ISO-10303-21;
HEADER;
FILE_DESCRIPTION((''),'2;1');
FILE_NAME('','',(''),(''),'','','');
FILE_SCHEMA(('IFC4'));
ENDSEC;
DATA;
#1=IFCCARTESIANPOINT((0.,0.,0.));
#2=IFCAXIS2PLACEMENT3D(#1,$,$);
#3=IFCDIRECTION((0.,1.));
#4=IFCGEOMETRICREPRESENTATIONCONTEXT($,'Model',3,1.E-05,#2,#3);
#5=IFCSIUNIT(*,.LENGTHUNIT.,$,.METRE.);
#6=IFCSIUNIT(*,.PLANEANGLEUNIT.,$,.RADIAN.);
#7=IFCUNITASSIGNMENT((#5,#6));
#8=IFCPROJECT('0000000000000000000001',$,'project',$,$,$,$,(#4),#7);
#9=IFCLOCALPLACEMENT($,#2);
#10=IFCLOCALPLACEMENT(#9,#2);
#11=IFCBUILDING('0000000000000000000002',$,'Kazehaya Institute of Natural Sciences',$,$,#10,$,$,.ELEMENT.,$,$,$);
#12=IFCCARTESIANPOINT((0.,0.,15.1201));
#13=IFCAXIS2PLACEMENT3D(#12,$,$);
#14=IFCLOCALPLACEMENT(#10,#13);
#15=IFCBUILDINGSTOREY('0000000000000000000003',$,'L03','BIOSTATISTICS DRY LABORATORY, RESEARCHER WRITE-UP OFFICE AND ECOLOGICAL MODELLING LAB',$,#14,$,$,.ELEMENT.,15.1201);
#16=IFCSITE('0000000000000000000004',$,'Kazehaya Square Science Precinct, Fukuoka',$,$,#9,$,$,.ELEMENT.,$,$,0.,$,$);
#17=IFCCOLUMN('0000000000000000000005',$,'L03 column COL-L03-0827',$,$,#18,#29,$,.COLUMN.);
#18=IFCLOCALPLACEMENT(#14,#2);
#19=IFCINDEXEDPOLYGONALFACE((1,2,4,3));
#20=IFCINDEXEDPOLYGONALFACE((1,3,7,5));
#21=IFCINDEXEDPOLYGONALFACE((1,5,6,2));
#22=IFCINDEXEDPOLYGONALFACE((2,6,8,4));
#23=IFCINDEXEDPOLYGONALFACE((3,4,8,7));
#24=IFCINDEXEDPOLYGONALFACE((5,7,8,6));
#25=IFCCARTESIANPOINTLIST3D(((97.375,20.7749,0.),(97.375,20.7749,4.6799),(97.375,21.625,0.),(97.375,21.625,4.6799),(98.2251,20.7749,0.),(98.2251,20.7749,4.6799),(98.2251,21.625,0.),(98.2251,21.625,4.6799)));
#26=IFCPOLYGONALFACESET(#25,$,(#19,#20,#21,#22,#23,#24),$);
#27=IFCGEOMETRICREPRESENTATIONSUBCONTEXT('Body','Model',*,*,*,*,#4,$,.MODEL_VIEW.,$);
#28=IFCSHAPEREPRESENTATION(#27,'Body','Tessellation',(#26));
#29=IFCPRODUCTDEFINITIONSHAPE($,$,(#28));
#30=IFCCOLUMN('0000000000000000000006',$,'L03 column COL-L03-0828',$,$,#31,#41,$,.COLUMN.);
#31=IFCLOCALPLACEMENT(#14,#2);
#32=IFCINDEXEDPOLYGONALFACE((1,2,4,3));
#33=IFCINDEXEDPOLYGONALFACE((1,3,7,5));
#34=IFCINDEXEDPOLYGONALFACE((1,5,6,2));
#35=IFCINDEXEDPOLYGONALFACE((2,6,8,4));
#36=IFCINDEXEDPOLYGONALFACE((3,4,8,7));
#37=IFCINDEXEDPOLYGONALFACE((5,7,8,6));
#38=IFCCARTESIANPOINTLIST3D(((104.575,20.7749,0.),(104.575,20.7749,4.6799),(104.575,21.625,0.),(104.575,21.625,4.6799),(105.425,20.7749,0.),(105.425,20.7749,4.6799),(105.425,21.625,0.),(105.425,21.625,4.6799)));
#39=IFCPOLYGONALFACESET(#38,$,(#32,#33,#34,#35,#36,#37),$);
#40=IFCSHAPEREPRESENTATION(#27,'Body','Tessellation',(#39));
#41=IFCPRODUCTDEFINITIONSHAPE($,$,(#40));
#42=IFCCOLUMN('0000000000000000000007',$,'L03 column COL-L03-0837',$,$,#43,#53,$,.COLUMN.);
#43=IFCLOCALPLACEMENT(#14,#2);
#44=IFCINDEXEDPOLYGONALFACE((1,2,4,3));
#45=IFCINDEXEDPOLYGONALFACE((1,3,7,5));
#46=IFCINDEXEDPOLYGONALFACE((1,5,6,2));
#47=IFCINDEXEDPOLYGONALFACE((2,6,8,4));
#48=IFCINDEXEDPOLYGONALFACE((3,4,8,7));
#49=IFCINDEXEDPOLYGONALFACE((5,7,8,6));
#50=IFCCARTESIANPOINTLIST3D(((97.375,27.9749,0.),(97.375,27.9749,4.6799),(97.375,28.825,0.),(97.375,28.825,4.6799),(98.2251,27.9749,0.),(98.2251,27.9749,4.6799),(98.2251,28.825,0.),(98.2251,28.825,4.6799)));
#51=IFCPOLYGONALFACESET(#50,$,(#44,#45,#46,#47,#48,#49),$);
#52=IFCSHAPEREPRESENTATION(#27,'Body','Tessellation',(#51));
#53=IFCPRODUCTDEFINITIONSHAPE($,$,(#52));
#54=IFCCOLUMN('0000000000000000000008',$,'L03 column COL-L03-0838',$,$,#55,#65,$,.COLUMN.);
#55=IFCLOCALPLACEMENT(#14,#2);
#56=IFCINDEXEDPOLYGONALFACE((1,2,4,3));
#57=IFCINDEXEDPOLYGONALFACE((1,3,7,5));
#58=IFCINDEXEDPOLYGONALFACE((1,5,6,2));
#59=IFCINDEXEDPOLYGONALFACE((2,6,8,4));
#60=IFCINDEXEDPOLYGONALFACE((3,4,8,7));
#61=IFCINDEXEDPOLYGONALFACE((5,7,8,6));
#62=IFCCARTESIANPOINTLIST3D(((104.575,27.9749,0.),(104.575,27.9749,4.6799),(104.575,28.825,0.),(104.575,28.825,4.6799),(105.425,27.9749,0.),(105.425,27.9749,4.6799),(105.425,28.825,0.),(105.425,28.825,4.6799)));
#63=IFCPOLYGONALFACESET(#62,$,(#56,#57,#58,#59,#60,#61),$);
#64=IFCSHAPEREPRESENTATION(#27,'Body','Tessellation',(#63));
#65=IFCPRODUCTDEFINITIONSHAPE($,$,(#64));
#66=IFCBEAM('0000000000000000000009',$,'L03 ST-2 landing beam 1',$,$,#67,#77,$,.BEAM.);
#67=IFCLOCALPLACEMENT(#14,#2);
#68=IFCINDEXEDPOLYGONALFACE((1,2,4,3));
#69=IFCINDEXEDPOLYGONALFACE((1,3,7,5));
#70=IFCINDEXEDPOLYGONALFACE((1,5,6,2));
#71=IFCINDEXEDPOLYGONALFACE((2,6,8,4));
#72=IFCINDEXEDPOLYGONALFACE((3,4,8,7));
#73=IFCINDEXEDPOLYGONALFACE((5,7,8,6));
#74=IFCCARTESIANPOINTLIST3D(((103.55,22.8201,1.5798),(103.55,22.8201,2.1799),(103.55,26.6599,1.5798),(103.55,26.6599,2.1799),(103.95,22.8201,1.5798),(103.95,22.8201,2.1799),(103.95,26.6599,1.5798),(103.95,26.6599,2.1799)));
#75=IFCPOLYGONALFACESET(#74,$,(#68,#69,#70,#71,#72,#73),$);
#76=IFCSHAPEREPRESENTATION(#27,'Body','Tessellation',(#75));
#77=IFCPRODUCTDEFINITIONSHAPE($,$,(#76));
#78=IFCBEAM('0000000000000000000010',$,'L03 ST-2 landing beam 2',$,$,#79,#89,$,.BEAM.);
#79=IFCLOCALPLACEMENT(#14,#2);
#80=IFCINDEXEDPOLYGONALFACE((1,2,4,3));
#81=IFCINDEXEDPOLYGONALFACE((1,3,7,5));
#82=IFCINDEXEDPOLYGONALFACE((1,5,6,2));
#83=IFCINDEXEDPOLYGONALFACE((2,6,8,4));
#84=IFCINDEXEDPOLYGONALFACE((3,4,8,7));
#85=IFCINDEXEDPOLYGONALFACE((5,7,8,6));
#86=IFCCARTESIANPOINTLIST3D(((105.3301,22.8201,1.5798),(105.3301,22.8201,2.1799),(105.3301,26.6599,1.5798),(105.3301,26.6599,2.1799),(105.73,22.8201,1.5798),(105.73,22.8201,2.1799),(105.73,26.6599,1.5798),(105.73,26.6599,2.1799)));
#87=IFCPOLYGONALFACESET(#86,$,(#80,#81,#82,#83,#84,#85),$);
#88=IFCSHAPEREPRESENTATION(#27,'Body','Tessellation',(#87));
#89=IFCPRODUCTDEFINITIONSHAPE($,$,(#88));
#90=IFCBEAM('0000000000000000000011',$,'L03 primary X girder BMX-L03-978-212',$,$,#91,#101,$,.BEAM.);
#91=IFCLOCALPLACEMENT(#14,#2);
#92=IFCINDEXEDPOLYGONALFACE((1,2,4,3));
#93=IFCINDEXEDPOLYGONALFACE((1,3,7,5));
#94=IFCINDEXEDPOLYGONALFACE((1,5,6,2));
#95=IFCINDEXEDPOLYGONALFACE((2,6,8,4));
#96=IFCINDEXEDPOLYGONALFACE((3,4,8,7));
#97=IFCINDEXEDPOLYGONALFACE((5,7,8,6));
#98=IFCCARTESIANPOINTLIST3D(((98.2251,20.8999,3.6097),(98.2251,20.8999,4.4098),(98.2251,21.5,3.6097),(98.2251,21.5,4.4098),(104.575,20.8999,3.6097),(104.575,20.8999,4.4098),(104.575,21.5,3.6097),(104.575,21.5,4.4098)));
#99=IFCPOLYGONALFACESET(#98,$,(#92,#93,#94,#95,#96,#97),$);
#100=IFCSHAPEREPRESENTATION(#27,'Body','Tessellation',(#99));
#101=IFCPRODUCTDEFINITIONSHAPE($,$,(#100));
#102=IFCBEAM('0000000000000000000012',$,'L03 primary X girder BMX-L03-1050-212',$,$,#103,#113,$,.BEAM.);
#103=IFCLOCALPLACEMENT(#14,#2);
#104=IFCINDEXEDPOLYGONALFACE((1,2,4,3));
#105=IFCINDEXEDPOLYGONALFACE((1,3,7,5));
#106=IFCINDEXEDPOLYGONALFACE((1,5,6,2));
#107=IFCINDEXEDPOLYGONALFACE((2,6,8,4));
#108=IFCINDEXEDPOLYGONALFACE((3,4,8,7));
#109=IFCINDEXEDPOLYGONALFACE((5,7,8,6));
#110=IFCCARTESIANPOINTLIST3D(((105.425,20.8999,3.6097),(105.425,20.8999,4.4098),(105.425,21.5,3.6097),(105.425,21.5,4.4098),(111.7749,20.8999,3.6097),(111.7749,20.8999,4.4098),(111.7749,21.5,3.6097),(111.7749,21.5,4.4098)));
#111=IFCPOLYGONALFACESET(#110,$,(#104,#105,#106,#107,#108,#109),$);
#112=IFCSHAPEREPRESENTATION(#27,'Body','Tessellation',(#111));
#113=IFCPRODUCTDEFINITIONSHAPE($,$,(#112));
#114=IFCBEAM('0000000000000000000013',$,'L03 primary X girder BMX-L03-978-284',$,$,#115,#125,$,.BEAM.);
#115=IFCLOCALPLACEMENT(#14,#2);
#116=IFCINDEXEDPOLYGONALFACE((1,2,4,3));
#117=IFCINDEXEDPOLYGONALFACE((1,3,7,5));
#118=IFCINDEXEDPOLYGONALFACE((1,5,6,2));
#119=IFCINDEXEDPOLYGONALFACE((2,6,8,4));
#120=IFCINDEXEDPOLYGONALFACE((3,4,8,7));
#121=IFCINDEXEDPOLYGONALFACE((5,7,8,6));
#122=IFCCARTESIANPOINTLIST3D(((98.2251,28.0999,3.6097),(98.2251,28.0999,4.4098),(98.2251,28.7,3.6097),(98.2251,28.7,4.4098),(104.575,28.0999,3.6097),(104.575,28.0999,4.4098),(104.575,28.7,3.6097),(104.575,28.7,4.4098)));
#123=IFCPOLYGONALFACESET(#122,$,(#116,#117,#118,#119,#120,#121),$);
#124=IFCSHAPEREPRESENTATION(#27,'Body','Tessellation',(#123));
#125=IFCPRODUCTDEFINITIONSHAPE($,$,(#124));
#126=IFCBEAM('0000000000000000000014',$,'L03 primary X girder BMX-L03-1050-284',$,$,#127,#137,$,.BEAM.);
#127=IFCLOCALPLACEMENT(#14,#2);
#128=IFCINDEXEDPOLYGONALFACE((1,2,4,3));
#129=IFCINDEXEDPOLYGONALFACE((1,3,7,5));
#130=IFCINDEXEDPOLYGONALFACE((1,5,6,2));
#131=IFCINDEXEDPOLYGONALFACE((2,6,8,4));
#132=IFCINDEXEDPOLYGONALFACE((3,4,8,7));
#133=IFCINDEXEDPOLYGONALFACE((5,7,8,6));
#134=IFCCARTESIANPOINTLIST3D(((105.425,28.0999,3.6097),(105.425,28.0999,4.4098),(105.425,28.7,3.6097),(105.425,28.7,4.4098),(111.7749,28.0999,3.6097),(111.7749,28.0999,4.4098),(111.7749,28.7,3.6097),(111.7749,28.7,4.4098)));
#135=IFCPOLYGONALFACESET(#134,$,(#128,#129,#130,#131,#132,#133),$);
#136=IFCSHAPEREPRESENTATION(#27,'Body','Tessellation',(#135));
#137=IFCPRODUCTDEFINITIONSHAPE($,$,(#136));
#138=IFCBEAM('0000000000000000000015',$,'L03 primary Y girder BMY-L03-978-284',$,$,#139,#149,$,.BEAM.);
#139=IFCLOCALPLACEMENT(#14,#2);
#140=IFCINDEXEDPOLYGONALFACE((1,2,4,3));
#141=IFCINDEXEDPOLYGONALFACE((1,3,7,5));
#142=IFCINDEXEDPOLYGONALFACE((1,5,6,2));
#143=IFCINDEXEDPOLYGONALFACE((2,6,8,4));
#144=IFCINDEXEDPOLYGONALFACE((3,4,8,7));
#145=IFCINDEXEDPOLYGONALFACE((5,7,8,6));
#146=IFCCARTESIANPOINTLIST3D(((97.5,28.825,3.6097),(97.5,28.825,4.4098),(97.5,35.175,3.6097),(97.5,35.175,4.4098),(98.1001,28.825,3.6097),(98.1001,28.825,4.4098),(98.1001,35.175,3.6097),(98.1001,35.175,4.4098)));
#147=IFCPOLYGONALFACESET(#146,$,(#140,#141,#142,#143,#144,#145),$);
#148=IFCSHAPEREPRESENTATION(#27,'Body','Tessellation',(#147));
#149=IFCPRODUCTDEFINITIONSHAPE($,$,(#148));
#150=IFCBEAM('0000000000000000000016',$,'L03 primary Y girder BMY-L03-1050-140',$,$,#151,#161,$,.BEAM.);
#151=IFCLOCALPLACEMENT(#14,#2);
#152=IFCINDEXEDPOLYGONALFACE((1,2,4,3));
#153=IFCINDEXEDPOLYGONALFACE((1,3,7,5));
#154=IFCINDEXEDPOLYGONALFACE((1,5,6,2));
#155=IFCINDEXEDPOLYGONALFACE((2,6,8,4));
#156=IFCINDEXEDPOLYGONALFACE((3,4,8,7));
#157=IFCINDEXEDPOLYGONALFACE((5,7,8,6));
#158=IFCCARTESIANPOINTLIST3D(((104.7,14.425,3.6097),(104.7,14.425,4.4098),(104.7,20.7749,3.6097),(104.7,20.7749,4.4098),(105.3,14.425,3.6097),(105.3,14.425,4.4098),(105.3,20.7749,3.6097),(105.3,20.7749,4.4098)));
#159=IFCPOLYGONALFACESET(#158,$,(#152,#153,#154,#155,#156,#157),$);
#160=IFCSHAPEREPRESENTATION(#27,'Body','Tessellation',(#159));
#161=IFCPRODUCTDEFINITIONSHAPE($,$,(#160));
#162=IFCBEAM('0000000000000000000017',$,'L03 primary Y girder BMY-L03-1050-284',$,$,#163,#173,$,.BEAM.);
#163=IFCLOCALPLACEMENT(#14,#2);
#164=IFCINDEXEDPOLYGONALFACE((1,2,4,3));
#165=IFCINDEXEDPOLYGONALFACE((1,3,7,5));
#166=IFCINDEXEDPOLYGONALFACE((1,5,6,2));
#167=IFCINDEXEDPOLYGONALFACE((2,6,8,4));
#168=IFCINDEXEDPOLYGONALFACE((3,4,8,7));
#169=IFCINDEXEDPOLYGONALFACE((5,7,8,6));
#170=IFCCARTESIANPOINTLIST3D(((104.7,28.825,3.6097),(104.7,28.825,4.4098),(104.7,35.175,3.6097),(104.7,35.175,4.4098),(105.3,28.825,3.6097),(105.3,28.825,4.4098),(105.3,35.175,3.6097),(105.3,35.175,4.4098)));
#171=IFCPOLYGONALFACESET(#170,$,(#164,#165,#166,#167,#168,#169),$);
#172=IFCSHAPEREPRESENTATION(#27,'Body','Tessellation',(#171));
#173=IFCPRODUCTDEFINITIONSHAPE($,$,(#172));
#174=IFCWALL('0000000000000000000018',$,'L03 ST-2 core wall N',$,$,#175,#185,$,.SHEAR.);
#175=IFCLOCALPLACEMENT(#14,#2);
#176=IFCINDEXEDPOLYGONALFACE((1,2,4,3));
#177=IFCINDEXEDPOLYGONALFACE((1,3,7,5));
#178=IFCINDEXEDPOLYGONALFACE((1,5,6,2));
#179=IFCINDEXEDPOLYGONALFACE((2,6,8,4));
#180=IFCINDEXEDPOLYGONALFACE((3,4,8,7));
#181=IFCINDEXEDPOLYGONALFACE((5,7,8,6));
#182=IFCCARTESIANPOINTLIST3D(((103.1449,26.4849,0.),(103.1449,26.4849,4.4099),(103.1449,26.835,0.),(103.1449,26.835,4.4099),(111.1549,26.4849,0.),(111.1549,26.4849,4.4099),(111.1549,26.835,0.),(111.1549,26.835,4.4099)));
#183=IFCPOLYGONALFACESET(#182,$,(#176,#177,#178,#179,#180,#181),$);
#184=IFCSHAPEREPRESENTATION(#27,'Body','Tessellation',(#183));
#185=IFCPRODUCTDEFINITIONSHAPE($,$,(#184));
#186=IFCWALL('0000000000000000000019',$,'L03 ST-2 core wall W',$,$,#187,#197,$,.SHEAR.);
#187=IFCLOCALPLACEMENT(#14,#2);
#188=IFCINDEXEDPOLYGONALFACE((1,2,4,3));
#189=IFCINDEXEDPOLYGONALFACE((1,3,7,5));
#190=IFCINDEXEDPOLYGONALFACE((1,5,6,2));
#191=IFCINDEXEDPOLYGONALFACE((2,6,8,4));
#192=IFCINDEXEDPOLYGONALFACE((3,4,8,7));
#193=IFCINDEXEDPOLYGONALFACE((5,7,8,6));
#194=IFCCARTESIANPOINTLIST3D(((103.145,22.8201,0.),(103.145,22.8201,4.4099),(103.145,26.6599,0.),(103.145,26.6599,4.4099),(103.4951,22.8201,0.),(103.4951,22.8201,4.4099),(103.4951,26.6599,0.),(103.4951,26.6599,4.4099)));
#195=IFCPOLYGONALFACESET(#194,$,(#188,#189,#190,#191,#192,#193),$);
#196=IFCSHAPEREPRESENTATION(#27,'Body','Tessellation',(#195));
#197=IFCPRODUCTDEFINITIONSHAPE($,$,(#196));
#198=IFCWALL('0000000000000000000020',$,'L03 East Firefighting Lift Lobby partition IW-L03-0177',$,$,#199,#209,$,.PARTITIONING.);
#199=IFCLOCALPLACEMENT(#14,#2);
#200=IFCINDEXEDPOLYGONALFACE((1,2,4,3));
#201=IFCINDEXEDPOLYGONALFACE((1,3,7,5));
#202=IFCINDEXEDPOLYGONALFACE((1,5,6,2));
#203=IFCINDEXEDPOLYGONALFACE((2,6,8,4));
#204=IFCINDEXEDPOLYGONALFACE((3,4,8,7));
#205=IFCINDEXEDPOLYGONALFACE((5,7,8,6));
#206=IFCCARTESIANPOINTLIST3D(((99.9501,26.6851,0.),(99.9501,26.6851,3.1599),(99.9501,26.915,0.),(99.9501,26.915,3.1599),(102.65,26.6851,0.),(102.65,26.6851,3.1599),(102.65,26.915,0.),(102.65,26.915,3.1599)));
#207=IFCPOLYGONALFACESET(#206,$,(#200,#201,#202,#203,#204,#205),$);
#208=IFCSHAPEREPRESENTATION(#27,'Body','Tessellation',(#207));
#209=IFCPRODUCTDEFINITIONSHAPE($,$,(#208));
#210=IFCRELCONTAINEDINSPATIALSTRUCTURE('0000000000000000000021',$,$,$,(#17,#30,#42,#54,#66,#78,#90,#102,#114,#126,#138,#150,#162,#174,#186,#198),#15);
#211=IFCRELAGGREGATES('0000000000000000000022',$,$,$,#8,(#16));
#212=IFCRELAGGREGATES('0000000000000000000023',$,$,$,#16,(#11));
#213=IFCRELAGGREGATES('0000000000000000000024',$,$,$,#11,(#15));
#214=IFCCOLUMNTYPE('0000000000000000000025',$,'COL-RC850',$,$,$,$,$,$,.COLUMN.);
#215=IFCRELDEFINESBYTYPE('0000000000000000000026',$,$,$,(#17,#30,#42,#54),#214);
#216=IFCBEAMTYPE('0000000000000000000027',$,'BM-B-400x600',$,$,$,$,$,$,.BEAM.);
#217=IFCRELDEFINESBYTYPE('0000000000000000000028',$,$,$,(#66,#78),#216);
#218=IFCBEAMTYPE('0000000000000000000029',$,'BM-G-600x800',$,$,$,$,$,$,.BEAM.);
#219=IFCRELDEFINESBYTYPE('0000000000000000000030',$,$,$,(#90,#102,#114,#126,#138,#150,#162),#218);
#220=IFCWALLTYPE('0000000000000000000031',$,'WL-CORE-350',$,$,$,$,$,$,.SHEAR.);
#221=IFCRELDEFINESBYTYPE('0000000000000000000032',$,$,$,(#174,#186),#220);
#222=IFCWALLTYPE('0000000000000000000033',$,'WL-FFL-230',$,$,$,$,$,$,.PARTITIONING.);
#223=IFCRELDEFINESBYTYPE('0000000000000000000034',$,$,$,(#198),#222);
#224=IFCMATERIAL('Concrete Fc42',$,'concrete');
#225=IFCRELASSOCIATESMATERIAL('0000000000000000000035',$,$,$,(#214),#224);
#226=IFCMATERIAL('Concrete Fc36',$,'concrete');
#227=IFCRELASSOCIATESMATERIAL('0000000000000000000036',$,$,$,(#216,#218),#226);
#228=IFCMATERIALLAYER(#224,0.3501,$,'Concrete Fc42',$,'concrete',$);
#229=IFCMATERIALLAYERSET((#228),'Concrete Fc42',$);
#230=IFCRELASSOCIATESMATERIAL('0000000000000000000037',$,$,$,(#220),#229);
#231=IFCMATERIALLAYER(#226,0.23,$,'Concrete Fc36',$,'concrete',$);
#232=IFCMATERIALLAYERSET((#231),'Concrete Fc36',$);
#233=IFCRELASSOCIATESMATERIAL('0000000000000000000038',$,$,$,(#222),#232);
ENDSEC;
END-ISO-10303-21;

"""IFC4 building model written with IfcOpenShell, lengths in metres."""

from ifc_helpers import new_model, si_unit, direction, frame, frame_2d, origin, origin_2d, place, context, subcontext, project, spatial, rectangle, extrude, material, layer, layer_set, material_profile, profile_set, type_object, element, save


model = new_model("IFC4")

# Units and contexts
model_context = context("Model", 3, precision=1e-05, world=origin(), true_north=direction((0.0, 1.0)))
body_context = subcontext(model_context, "Body", "Model", "MODEL_VIEW")
ifc_project = project(units=[si_unit("LENGTHUNIT", "METRE"), si_unit("PLANEANGLEUNIT", "RADIAN")], contexts=[model_context])

# Site, building, storey
site_placement = place(None, origin())
site = spatial("IfcSite", under=ifc_project, at=site_placement, Name="Kazehaya Square Science Precinct, Fukuoka", CompositionType="ELEMENT", RefElevation=0.0)
building_placement = place(site_placement, origin())
building = spatial("IfcBuilding", under=site, at=building_placement, Name="Kazehaya Institute of Natural Sciences", CompositionType="ELEMENT")
storey_placement = place(building_placement, frame((0.0, 0.0, 15.1201)))
storey = spatial("IfcBuildingStorey", under=building, at=storey_placement, Name="L03", Description="BIOSTATISTICS DRY LABORATORY, RESEARCHER WRITE-UP OFFICE AND ECOLOGICAL MODELLING LAB", CompositionType="ELEMENT", Elevation=15.1201)

# Columns
ifc_material_1 = material(Name="Concrete Fc42", Category="concrete")
ifc_material_profile_1 = material_profile(ifc_material_1, rectangle(XDim=0.8501, YDim=0.8501, at=origin_2d()), Name="RC-850x850")
ifc_profile_set_1 = profile_set([ifc_material_profile_1], Name="Concrete Fc42")
column_type = type_object("IfcColumnType", Name="COL-RC850", PredefinedType="COLUMN", material=ifc_profile_set_1)
for number, where, z_axis, x_axis, name in (
    (1, (97.8, 21.2, 0.0), (0.0, 0.0, 1.0), (1.0, 0.0, 0.0), "L03 column COL-L03-0827"),
    (2, (105.0, 21.2, 0.0), (0.0, 0.0, 1.0), (1.0, 0.0, 0.0), "L03 column COL-L03-0828"),
    (3, (97.8, 28.3999, 0.0), (0.0, 0.0, 1.0), (1.0, 0.0, 0.0), "L03 column COL-L03-0837"),
    (4, (105.0, 28.3999, 0.0), (0.0, 0.0, 1.0), (1.0, 0.0, 0.0), "L03 column COL-L03-0838"),
):
    element("IfcColumn", number, at=place(storey_placement, frame(where, z_axis=z_axis, x_axis=x_axis)), inside=storey, type_object=column_type, Name=name, PredefinedType="COLUMN", context=body_context, shape_type="SweptSolid", body=[
        extrude(rectangle(XDim=0.8501, YDim=0.8501, at=origin_2d()), origin(), (0.0, 0.0, 1.0), 4.6799),
    ])

# Beams
ifc_material_2 = material(Name="Concrete Fc36", Category="concrete")
ifc_material_profile_2 = material_profile(ifc_material_2, rectangle(XDim=0.3999, YDim=0.6001, at=origin_2d()), Name="RC-400x600")
ifc_profile_set_2 = profile_set([ifc_material_profile_2], Name="Concrete Fc36")
beam_type_1 = type_object("IfcBeamType", Name="BM-B-400x600", PredefinedType="BEAM", material=ifc_profile_set_2)
for number, where, z_axis, x_axis, name in (
    (5, (103.75, 22.8201, 1.8799), (0.0, 1.0, 0.0), (-1.0, 0.0, 0.0), "L03 ST-2 landing beam 1"),
    (6, (105.53, 22.8201, 1.8799), (0.0, 1.0, 0.0), (-1.0, 0.0, 0.0), "L03 ST-2 landing beam 2"),
):
    element("IfcBeam", number, at=place(storey_placement, frame(where, z_axis=z_axis, x_axis=x_axis)), inside=storey, type_object=beam_type_1, Name=name, PredefinedType="BEAM", context=body_context, shape_type="SweptSolid", body=[
        extrude(rectangle(XDim=0.3999, YDim=0.6001, at=origin_2d()), origin(), (0.0, 0.0, 1.0), 3.8398),
    ])
ifc_material_profile_3 = material_profile(ifc_material_2, rectangle(XDim=0.6001, YDim=0.8, at=origin_2d()), Name="RC-600x800")
ifc_profile_set_3 = profile_set([ifc_material_profile_3], Name="Concrete Fc36")
beam_type_2 = type_object("IfcBeamType", Name="BM-G-600x800", PredefinedType="BEAM", material=ifc_profile_set_3)
for number, where, z_axis, x_axis, name in (
    (7, (98.2251, 21.2, 4.0098), (1.0, 0.0, 0.0), (0.0, 1.0, 0.0), "L03 primary X girder BMX-L03-978-212"),
    (8, (105.425, 21.2, 4.0098), (1.0, 0.0, 0.0), (0.0, 1.0, 0.0), "L03 primary X girder BMX-L03-1050-212"),
    (9, (98.2251, 28.3999, 4.0098), (1.0, 0.0, 0.0), (0.0, 1.0, 0.0), "L03 primary X girder BMX-L03-978-284"),
    (10, (105.425, 28.3999, 4.0098), (1.0, 0.0, 0.0), (0.0, 1.0, 0.0), "L03 primary X girder BMX-L03-1050-284"),
):
    element("IfcBeam", number, at=place(storey_placement, frame(where, z_axis=z_axis, x_axis=x_axis)), inside=storey, type_object=beam_type_2, Name=name, PredefinedType="BEAM", context=body_context, shape_type="SweptSolid", body=[
        extrude(rectangle(XDim=0.6001, YDim=0.8, at=origin_2d()), origin(), (0.0, 0.0, 1.0), 6.3499),
    ])
beam_1_placement = place(storey_placement, frame((97.8, 28.825, 4.0098), z_axis=(0.0, 1.0, 0.0), x_axis=(-1.0, 0.0, 0.0)))
element("IfcBeam", 11, at=beam_1_placement, inside=storey, type_object=beam_type_2, Name="L03 primary Y girder BMY-L03-978-284", PredefinedType="BEAM", context=body_context, shape_type="SweptSolid", body=[
    extrude(rectangle(XDim=0.6001, YDim=0.8, at=origin_2d()), origin(), (0.0, 0.0, 1.0), 6.3501),
])
beam_2_placement = place(storey_placement, frame((105.0, 14.425, 4.0098), z_axis=(0.0, 1.0, 0.0), x_axis=(-1.0, 0.0, 0.0)))
element("IfcBeam", 12, at=beam_2_placement, inside=storey, type_object=beam_type_2, Name="L03 primary Y girder BMY-L03-1050-140", PredefinedType="BEAM", context=body_context, shape_type="SweptSolid", body=[
    extrude(rectangle(XDim=0.6001, YDim=0.8, at=origin_2d()), origin(), (0.0, 0.0, 1.0), 6.3499),
])
beam_3_placement = place(storey_placement, frame((105.0, 28.825, 4.0098), z_axis=(0.0, 1.0, 0.0), x_axis=(-1.0, 0.0, 0.0)))
element("IfcBeam", 13, at=beam_3_placement, inside=storey, type_object=beam_type_2, Name="L03 primary Y girder BMY-L03-1050-284", PredefinedType="BEAM", context=body_context, shape_type="SweptSolid", body=[
    extrude(rectangle(XDim=0.6001, YDim=0.8, at=origin_2d()), origin(), (0.0, 0.0, 1.0), 6.3501),
])

# Walls
ifc_layer_1 = layer(ifc_material_1, 0.3501, Name="Concrete Fc42", Category="concrete")
ifc_layer_set_1 = layer_set([ifc_layer_1], Name="Concrete Fc42")
wall_type_1 = type_object("IfcWallType", Name="WL-CORE-350", PredefinedType="SHEAR", material=ifc_layer_set_1)
wall_1_placement = place(storey_placement, frame((103.145, 26.6599, 0.0), z_axis=(0.0, 0.0, 1.0), x_axis=(1.0, 0.0, 0.0)))
element("IfcWall", 14, at=wall_1_placement, inside=storey, type_object=wall_type_1, Name="L03 ST-2 core wall N", PredefinedType="SHEAR", context=body_context, shape_type="SweptSolid", body=[
    extrude(rectangle(XDim=8.01, YDim=0.3501, at=frame_2d((4.0049, 0.0))), origin(), (0.0, 0.0, 1.0), 4.4099),
])
wall_2_placement = place(storey_placement, frame((103.3201, 22.8201, 0.0), z_axis=(0.0, 0.0, 1.0), x_axis=(0.0, 1.0, 0.0)))
element("IfcWall", 15, at=wall_2_placement, inside=storey, type_object=wall_type_1, Name="L03 ST-2 core wall W", PredefinedType="SHEAR", context=body_context, shape_type="SweptSolid", body=[
    extrude(rectangle(XDim=3.8398, YDim=0.3501, at=frame_2d((1.9199, 0.0))), origin(), (0.0, 0.0, 1.0), 4.4099),
])

# Shared definitions
ifc_layer_2 = layer(ifc_material_2, 0.23, Name="Concrete Fc36", Category="concrete")
ifc_layer_set_2 = layer_set([ifc_layer_2], Name="Concrete Fc36")
wall_type_2 = type_object("IfcWallType", Name="WL-FFL-230", PredefinedType="PARTITIONING", material=ifc_layer_set_2)

# Wall
wall_3_placement = place(storey_placement, frame((99.95, 26.8, 0.0), z_axis=(0.0, 0.0, 1.0), x_axis=(1.0, 0.0, 0.0)))
element("IfcWall", 16, at=wall_3_placement, inside=storey, type_object=wall_type_2, Name="L03 East Firefighting Lift Lobby partition IW-L03-0177", PredefinedType="PARTITIONING", context=body_context, shape_type="SweptSolid", body=[
    extrude(rectangle(XDim=2.7, YDim=0.23, at=frame_2d((1.3501, 0.0))), origin(), (0.0, 0.0, 1.0), 3.1599),
])

save(model, "model.ifc")
